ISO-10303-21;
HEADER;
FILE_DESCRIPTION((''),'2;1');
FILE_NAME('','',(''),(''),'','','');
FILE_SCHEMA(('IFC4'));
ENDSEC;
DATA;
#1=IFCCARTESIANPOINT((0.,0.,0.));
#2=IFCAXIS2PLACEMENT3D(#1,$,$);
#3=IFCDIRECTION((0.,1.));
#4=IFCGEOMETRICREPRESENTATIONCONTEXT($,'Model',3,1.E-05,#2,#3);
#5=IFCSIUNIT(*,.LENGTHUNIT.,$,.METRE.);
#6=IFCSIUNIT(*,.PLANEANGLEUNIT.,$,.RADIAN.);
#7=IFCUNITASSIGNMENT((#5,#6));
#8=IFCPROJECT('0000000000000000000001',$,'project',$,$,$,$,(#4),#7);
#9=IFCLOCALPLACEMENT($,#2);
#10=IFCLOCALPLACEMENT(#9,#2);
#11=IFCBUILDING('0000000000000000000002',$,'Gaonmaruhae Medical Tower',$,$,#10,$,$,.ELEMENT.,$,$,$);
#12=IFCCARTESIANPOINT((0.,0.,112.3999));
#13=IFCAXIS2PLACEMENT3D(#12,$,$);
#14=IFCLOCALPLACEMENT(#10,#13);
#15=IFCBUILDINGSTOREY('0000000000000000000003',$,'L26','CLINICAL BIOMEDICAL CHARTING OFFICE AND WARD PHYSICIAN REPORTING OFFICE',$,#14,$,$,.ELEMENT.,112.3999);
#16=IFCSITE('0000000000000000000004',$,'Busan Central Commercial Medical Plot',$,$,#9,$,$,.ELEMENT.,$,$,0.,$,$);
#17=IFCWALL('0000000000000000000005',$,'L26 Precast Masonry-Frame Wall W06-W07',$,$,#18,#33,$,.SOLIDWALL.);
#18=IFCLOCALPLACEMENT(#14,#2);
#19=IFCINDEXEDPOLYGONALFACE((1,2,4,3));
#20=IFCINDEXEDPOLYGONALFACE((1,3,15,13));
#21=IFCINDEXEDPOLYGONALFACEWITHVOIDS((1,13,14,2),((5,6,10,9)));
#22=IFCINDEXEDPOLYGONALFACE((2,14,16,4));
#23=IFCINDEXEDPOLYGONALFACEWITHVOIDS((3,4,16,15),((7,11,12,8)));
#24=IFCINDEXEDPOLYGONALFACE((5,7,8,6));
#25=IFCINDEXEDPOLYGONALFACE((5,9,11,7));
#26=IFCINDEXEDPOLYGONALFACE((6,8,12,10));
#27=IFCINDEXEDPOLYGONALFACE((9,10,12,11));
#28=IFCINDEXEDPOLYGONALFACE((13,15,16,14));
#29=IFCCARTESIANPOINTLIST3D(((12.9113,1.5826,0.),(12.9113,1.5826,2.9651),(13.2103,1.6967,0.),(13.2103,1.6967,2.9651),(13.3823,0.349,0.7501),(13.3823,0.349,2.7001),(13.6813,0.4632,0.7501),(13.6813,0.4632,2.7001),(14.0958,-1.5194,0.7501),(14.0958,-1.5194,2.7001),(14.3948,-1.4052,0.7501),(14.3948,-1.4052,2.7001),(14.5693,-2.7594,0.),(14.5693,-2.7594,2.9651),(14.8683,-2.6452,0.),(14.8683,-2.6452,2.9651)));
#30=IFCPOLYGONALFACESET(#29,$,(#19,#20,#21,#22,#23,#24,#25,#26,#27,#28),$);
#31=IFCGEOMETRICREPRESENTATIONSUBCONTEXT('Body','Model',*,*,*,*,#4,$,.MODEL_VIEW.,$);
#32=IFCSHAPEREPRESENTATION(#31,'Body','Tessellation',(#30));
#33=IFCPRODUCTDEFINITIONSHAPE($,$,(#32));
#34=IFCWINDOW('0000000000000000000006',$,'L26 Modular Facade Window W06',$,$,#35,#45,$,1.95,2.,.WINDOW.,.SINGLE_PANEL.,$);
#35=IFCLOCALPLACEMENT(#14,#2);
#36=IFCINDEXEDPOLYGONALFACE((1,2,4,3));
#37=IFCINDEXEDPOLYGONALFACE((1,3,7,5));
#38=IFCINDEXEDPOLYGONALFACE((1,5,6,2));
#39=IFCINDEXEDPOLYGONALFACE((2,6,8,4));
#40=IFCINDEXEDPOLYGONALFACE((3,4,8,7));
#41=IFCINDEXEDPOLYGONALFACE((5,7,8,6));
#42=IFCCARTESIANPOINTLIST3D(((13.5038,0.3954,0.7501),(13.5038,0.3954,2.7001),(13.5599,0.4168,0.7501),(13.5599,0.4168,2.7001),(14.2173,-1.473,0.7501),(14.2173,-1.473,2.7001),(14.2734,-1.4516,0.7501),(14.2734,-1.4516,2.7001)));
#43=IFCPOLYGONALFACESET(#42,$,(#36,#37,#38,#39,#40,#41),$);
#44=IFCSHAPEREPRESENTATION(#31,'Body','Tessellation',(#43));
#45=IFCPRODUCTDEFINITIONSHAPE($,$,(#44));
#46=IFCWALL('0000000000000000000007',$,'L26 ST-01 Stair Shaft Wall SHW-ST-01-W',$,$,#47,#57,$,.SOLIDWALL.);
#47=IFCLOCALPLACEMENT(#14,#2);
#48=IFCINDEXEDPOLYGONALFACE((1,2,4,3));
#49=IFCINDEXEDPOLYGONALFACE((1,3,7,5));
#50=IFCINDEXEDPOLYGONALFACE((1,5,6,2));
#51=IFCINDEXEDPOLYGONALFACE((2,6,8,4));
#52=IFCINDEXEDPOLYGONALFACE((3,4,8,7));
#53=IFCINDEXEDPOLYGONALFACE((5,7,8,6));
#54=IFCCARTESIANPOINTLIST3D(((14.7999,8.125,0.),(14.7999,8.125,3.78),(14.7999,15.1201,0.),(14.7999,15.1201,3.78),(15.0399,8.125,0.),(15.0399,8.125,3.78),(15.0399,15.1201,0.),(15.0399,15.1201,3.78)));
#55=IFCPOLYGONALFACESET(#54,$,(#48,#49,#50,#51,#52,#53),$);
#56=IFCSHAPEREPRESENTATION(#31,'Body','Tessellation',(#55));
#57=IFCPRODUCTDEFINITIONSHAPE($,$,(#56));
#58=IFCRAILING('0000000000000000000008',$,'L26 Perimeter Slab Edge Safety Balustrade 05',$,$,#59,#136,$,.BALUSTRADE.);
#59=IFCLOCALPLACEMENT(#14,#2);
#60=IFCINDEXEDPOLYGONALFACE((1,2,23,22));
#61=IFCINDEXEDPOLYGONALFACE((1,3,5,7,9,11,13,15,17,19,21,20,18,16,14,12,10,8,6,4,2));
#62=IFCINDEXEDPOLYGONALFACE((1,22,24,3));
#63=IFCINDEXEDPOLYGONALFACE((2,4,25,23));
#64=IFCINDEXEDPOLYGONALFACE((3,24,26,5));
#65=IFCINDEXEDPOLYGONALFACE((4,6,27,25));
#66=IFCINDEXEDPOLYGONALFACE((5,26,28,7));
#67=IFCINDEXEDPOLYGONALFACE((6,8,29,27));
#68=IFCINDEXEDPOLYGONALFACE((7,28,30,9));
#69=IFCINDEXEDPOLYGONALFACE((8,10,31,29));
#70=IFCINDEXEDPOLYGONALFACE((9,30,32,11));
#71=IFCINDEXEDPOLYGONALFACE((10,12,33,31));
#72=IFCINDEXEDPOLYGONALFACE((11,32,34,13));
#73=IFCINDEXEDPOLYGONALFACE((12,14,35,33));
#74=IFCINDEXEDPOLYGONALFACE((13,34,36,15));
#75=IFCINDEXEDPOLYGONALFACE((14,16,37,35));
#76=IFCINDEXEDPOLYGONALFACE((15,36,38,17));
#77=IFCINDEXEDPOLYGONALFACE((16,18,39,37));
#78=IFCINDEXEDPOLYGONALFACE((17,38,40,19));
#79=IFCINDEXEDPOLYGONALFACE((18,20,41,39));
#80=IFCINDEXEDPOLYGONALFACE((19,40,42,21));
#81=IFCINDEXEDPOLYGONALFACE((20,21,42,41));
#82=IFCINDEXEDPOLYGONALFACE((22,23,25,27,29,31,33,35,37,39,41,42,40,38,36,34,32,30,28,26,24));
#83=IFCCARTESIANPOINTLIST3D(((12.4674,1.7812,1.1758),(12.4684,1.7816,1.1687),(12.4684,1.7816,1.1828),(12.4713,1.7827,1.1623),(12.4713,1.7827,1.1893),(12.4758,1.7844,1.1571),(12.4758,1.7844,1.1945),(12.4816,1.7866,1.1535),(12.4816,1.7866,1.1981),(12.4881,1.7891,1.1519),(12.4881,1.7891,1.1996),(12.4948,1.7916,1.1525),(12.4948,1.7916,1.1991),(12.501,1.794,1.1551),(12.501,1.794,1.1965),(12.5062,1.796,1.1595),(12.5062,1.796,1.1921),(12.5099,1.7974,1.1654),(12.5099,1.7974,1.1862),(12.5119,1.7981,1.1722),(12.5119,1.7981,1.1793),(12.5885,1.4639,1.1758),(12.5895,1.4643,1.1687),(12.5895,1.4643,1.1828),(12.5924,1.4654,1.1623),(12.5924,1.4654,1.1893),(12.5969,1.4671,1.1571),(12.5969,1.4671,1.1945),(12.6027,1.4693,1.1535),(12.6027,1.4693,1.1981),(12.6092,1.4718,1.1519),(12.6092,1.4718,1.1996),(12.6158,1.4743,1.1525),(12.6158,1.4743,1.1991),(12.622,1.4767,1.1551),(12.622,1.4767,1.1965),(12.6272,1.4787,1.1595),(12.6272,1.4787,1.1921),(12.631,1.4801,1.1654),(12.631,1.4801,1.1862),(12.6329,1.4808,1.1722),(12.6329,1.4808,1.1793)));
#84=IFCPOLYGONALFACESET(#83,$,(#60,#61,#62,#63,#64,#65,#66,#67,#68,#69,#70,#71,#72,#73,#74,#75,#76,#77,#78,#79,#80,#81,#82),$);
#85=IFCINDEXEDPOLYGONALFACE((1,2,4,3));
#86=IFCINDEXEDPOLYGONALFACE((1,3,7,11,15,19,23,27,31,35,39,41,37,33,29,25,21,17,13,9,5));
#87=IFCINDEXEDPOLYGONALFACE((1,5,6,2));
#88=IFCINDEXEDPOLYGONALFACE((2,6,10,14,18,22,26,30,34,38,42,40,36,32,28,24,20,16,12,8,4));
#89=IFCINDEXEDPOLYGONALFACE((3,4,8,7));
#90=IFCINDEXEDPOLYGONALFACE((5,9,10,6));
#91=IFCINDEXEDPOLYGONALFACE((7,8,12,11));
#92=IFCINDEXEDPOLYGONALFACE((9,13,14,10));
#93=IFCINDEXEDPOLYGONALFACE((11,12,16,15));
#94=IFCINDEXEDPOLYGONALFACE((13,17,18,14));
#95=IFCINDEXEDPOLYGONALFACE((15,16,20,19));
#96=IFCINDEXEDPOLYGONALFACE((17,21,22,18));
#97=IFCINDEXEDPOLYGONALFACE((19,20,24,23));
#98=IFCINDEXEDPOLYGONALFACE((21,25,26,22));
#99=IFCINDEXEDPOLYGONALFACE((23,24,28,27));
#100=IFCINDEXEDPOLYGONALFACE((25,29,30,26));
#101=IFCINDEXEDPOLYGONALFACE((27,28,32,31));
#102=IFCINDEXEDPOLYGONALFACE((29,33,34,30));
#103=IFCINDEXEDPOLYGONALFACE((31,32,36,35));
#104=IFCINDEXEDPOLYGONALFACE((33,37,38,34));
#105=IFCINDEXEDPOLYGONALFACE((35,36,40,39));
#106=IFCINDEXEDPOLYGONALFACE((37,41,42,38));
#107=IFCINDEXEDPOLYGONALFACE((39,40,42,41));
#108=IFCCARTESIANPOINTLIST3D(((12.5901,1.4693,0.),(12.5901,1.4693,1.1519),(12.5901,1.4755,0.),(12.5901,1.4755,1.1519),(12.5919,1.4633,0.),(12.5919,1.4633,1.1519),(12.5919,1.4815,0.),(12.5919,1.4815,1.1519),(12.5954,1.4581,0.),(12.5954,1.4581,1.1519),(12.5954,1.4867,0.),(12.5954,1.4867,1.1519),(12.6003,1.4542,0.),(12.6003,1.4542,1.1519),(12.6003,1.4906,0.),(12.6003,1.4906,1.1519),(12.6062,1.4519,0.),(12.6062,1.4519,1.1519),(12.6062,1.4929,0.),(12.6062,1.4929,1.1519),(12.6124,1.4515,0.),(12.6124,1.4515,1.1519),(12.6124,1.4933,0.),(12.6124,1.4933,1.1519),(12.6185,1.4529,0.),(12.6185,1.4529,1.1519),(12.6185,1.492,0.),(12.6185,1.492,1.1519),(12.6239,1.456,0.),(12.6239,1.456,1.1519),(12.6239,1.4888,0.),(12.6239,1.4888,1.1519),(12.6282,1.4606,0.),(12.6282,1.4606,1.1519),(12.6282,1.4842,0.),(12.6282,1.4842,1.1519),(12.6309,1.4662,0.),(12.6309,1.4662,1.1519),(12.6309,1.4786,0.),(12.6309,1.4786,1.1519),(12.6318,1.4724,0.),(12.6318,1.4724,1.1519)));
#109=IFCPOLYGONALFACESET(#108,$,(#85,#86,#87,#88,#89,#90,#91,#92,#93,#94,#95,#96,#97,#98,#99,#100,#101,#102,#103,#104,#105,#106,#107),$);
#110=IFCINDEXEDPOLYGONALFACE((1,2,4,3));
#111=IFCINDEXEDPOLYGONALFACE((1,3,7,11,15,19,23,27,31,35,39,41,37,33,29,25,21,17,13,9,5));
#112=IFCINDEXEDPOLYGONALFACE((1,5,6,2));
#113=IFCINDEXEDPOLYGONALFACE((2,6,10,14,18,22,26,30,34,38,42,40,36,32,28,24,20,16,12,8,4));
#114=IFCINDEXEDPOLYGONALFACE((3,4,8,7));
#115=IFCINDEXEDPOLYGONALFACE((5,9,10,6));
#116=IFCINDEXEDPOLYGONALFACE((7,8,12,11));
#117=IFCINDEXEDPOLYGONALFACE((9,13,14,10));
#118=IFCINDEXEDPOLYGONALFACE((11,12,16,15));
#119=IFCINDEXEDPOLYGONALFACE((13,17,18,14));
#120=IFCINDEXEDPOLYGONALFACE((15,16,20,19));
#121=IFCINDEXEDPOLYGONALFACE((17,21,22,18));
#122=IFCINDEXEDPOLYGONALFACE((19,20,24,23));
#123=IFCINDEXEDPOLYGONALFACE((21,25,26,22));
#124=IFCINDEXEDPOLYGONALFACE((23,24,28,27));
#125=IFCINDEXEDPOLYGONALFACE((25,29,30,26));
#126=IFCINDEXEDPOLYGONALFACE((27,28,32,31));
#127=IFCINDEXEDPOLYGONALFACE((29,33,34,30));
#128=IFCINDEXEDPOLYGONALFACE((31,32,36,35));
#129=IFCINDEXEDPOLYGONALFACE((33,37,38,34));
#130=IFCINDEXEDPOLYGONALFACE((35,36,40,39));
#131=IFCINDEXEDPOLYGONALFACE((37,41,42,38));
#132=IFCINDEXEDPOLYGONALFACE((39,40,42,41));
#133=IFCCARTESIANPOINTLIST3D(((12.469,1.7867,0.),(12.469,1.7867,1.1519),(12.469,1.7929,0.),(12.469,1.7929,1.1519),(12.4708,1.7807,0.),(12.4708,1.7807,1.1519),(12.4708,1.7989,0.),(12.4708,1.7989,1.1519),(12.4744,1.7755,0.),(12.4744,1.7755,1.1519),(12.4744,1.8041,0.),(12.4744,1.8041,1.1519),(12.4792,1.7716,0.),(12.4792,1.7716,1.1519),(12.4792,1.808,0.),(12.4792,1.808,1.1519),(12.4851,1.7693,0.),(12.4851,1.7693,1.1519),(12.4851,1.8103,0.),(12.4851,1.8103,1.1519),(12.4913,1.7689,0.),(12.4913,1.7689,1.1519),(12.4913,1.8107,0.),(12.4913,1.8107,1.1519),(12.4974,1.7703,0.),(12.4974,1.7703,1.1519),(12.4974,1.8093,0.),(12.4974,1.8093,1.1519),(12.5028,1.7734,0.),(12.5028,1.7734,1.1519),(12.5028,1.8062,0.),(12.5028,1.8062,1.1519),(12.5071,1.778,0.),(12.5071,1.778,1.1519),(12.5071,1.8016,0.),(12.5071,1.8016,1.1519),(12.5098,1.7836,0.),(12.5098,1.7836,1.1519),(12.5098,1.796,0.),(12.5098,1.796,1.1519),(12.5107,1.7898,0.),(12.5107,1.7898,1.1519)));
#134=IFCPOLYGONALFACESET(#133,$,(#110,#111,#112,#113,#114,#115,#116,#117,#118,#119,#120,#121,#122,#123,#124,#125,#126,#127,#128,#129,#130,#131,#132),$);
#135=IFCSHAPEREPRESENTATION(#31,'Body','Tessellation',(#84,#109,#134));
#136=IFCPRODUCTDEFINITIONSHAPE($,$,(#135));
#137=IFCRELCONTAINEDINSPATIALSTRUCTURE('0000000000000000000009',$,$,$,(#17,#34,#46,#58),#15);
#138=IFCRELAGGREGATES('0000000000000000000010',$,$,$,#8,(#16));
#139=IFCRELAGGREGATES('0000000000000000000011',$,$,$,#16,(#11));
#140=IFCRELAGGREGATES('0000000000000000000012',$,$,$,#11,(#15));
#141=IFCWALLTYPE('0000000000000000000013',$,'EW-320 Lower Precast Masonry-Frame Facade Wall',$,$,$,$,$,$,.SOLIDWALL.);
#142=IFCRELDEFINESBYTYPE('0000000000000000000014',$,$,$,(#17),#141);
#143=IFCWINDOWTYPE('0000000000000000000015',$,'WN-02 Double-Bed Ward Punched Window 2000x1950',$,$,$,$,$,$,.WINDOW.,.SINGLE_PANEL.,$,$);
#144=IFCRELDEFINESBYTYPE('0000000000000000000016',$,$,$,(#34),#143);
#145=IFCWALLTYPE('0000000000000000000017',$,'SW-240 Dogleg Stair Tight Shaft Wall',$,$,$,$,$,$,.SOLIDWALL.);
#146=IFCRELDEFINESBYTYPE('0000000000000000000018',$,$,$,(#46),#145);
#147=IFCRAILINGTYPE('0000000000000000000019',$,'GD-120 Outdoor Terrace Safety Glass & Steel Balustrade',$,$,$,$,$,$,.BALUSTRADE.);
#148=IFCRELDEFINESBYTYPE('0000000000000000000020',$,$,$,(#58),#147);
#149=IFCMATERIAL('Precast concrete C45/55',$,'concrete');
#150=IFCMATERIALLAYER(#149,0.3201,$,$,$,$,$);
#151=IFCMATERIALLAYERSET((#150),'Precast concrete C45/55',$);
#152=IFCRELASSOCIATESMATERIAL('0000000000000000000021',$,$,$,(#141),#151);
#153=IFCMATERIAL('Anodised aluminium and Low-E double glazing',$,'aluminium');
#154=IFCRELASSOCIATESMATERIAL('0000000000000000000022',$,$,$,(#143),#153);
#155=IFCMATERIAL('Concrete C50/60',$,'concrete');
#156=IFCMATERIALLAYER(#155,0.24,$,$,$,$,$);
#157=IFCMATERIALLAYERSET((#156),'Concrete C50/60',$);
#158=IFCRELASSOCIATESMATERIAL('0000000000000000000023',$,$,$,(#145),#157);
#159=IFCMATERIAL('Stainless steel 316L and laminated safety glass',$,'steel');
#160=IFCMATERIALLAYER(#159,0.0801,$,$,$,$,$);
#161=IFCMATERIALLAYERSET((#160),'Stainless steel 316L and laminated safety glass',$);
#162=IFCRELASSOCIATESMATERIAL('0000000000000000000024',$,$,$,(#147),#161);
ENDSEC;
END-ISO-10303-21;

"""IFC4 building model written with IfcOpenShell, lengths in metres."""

from ifc_helpers import new_model, si_unit, direction, frame, frame_2d, origin, origin_2d, place, context, subcontext, project, spatial, rectangle, circle, extrude, material, layer, layer_set, type_object, element, fill, save


model = new_model("IFC4")

# Units and contexts
model_context = context("Model", 3, precision=1e-05, world=origin(), true_north=direction((0.0, 1.0)))
body_context = subcontext(model_context, "Body", "Model", "MODEL_VIEW")
ifc_project = project(units=[si_unit("LENGTHUNIT", "METRE"), si_unit("PLANEANGLEUNIT", "RADIAN")], contexts=[model_context])

# Site, building, storey
site_placement = place(None, origin())
site = spatial("IfcSite", under=ifc_project, at=site_placement, Name="Busan Central Commercial Medical Plot", CompositionType="ELEMENT", RefElevation=0.0)
building_placement = place(site_placement, origin())
building = spatial("IfcBuilding", under=site, at=building_placement, Name="Gaonmaruhae Medical Tower", CompositionType="ELEMENT")
storey_placement = place(building_placement, frame((0.0, 0.0, 112.3999)))
storey = spatial("IfcBuildingStorey", under=building, at=storey_placement, Name="L26", Description="CLINICAL BIOMEDICAL CHARTING OFFICE AND WARD PHYSICIAN REPORTING OFFICE", CompositionType="ELEMENT", Elevation=112.3999)

# Wall, opening, window
ifc_material_1 = material(Name="Precast concrete C45/55", Category="concrete")
ifc_layer_1 = layer(ifc_material_1, 0.3201)
ifc_layer_set_1 = layer_set([ifc_layer_1], Name="Precast concrete C45/55")
wall_type_1 = type_object("IfcWallType", Name="EW-320 Lower Precast Masonry-Frame Facade Wall", PredefinedType="SOLIDWALL", material=ifc_layer_set_1)
ifc_material_2 = material(Name="Anodised aluminium and Low-E double glazing", Category="aluminium")
wall_1_placement = place(storey_placement, frame((14.7188, -2.7021, 0.0), z_axis=(0.0, 0.0, 1.0), x_axis=(-0.356736, 0.934205, 0.0)))
wall_1 = element("IfcWall", 1, at=wall_1_placement, inside=storey, type_object=wall_type_1, Name="L26 Precast Masonry-Frame Wall W06-W07", PredefinedType="SOLIDWALL", context=body_context, shape_type="SweptSolid", body=[
    extrude(rectangle(XDim=4.6477, YDim=0.3201, at=frame_2d((2.3237, 0.0))), origin(), (0.0, 0.0, 1.0), 2.9651),
])
opening_1_placement = place(wall_1_placement, frame((1.3271, 0.0, 0.75)))
opening_1 = element("IfcOpeningElement", 2, at=opening_1_placement, cuts=wall_1, PredefinedType="OPENING", context=body_context, shape_type="SweptSolid", body=[
    extrude(rectangle(XDim=2.0, YDim=1.95, at=frame_2d((1.0, 0.9751))), frame((0.0, 0.1699, 0.0), z_axis=(0.0, -1.0, 0.0), x_axis=(1.0, 0.0, 0.0)), (0.0, 0.0, 1.0), 0.3401),
])
window_type_1 = type_object("IfcWindowType", Name="WN-02 Double-Bed Ward Punched Window 2000x1950", PartitioningType="SINGLE_PANEL", PredefinedType="WINDOW", material=ifc_material_2)
window_1_placement = place(opening_1_placement, origin())
window_1 = element("IfcWindow", 3, at=window_1_placement, inside=storey, type_object=window_type_1, Name="L26 Modular Facade Window W06", OverallHeight=1.95, OverallWidth=2.0, PartitioningType="SINGLE_PANEL", PredefinedType="WINDOW", context=body_context, shape_type="SweptSolid", body=[
    extrude(rectangle(XDim=2.0, YDim=1.95, at=frame_2d((1.0, 0.9751))), frame((0.0, 0.03, 0.0), z_axis=(0.0, -1.0, 0.0), x_axis=(1.0, 0.0, 0.0)), (0.0, 0.0, 1.0), 0.0601),
])
fill(opening_1, window_1)

# Wall
ifc_material_3 = material(Name="Concrete C50/60", Category="concrete")
ifc_layer_2 = layer(ifc_material_3, 0.24)
ifc_layer_set_2 = layer_set([ifc_layer_2], Name="Concrete C50/60")
wall_type_2 = type_object("IfcWallType", Name="SW-240 Dogleg Stair Tight Shaft Wall", PredefinedType="SOLIDWALL", material=ifc_layer_set_2)
wall_2_placement = place(storey_placement, frame((14.9199, 8.125, 0.0), z_axis=(0.0, 0.0, 1.0), x_axis=(0.0, 1.0, 0.0)))
element("IfcWall", 4, at=wall_2_placement, inside=storey, type_object=wall_type_2, Name="L26 ST-01 Stair Shaft Wall SHW-ST-01-W", PredefinedType="SOLIDWALL", context=body_context, shape_type="SweptSolid", body=[
    extrude(rectangle(XDim=6.9951, YDim=0.24, at=frame_2d((3.4976, 0.0))), origin(), (0.0, 0.0, 1.0), 3.78),
])

# Railing
ifc_material_4 = material(Name="Stainless steel 316L and laminated safety glass", Category="steel")
ifc_layer_3 = layer(ifc_material_4, 0.0801)
ifc_layer_set_3 = layer_set([ifc_layer_3], Name="Stainless steel 316L and laminated safety glass")
railing_type = type_object("IfcRailingType", Name="GD-120 Outdoor Terrace Safety Glass & Steel Balustrade", PredefinedType="BALUSTRADE", material=ifc_layer_set_3)
railing_1_placement = place(storey_placement, frame((12.6108, 1.4724, 0.0)))
element("IfcRailing", 5, at=railing_1_placement, inside=storey, type_object=railing_type, Name="L26 Perimeter Slab Edge Safety Balustrade 05", PredefinedType="BALUSTRADE", context=body_context, shape_type="SweptSolid", body=[
    extrude(circle(Radius=0.0239, at=origin_2d()), frame((0.0, 0.0, 1.1758), z_axis=(-0.356473, 0.934305, 0.0), x_axis=(-0.934305, -0.356473, 0.0)), (0.0, 0.0, 1.0), 0.3396),
    extrude(circle(Radius=0.021, at=origin_2d()), origin(), (0.0, 0.0, 1.0), 1.1519),
    extrude(circle(Radius=0.021, at=origin_2d()), frame((-0.1211, 0.3174, 0.0)), (0.0, 0.0, 1.0), 1.1519),
])

save(model, "model.ifc")
